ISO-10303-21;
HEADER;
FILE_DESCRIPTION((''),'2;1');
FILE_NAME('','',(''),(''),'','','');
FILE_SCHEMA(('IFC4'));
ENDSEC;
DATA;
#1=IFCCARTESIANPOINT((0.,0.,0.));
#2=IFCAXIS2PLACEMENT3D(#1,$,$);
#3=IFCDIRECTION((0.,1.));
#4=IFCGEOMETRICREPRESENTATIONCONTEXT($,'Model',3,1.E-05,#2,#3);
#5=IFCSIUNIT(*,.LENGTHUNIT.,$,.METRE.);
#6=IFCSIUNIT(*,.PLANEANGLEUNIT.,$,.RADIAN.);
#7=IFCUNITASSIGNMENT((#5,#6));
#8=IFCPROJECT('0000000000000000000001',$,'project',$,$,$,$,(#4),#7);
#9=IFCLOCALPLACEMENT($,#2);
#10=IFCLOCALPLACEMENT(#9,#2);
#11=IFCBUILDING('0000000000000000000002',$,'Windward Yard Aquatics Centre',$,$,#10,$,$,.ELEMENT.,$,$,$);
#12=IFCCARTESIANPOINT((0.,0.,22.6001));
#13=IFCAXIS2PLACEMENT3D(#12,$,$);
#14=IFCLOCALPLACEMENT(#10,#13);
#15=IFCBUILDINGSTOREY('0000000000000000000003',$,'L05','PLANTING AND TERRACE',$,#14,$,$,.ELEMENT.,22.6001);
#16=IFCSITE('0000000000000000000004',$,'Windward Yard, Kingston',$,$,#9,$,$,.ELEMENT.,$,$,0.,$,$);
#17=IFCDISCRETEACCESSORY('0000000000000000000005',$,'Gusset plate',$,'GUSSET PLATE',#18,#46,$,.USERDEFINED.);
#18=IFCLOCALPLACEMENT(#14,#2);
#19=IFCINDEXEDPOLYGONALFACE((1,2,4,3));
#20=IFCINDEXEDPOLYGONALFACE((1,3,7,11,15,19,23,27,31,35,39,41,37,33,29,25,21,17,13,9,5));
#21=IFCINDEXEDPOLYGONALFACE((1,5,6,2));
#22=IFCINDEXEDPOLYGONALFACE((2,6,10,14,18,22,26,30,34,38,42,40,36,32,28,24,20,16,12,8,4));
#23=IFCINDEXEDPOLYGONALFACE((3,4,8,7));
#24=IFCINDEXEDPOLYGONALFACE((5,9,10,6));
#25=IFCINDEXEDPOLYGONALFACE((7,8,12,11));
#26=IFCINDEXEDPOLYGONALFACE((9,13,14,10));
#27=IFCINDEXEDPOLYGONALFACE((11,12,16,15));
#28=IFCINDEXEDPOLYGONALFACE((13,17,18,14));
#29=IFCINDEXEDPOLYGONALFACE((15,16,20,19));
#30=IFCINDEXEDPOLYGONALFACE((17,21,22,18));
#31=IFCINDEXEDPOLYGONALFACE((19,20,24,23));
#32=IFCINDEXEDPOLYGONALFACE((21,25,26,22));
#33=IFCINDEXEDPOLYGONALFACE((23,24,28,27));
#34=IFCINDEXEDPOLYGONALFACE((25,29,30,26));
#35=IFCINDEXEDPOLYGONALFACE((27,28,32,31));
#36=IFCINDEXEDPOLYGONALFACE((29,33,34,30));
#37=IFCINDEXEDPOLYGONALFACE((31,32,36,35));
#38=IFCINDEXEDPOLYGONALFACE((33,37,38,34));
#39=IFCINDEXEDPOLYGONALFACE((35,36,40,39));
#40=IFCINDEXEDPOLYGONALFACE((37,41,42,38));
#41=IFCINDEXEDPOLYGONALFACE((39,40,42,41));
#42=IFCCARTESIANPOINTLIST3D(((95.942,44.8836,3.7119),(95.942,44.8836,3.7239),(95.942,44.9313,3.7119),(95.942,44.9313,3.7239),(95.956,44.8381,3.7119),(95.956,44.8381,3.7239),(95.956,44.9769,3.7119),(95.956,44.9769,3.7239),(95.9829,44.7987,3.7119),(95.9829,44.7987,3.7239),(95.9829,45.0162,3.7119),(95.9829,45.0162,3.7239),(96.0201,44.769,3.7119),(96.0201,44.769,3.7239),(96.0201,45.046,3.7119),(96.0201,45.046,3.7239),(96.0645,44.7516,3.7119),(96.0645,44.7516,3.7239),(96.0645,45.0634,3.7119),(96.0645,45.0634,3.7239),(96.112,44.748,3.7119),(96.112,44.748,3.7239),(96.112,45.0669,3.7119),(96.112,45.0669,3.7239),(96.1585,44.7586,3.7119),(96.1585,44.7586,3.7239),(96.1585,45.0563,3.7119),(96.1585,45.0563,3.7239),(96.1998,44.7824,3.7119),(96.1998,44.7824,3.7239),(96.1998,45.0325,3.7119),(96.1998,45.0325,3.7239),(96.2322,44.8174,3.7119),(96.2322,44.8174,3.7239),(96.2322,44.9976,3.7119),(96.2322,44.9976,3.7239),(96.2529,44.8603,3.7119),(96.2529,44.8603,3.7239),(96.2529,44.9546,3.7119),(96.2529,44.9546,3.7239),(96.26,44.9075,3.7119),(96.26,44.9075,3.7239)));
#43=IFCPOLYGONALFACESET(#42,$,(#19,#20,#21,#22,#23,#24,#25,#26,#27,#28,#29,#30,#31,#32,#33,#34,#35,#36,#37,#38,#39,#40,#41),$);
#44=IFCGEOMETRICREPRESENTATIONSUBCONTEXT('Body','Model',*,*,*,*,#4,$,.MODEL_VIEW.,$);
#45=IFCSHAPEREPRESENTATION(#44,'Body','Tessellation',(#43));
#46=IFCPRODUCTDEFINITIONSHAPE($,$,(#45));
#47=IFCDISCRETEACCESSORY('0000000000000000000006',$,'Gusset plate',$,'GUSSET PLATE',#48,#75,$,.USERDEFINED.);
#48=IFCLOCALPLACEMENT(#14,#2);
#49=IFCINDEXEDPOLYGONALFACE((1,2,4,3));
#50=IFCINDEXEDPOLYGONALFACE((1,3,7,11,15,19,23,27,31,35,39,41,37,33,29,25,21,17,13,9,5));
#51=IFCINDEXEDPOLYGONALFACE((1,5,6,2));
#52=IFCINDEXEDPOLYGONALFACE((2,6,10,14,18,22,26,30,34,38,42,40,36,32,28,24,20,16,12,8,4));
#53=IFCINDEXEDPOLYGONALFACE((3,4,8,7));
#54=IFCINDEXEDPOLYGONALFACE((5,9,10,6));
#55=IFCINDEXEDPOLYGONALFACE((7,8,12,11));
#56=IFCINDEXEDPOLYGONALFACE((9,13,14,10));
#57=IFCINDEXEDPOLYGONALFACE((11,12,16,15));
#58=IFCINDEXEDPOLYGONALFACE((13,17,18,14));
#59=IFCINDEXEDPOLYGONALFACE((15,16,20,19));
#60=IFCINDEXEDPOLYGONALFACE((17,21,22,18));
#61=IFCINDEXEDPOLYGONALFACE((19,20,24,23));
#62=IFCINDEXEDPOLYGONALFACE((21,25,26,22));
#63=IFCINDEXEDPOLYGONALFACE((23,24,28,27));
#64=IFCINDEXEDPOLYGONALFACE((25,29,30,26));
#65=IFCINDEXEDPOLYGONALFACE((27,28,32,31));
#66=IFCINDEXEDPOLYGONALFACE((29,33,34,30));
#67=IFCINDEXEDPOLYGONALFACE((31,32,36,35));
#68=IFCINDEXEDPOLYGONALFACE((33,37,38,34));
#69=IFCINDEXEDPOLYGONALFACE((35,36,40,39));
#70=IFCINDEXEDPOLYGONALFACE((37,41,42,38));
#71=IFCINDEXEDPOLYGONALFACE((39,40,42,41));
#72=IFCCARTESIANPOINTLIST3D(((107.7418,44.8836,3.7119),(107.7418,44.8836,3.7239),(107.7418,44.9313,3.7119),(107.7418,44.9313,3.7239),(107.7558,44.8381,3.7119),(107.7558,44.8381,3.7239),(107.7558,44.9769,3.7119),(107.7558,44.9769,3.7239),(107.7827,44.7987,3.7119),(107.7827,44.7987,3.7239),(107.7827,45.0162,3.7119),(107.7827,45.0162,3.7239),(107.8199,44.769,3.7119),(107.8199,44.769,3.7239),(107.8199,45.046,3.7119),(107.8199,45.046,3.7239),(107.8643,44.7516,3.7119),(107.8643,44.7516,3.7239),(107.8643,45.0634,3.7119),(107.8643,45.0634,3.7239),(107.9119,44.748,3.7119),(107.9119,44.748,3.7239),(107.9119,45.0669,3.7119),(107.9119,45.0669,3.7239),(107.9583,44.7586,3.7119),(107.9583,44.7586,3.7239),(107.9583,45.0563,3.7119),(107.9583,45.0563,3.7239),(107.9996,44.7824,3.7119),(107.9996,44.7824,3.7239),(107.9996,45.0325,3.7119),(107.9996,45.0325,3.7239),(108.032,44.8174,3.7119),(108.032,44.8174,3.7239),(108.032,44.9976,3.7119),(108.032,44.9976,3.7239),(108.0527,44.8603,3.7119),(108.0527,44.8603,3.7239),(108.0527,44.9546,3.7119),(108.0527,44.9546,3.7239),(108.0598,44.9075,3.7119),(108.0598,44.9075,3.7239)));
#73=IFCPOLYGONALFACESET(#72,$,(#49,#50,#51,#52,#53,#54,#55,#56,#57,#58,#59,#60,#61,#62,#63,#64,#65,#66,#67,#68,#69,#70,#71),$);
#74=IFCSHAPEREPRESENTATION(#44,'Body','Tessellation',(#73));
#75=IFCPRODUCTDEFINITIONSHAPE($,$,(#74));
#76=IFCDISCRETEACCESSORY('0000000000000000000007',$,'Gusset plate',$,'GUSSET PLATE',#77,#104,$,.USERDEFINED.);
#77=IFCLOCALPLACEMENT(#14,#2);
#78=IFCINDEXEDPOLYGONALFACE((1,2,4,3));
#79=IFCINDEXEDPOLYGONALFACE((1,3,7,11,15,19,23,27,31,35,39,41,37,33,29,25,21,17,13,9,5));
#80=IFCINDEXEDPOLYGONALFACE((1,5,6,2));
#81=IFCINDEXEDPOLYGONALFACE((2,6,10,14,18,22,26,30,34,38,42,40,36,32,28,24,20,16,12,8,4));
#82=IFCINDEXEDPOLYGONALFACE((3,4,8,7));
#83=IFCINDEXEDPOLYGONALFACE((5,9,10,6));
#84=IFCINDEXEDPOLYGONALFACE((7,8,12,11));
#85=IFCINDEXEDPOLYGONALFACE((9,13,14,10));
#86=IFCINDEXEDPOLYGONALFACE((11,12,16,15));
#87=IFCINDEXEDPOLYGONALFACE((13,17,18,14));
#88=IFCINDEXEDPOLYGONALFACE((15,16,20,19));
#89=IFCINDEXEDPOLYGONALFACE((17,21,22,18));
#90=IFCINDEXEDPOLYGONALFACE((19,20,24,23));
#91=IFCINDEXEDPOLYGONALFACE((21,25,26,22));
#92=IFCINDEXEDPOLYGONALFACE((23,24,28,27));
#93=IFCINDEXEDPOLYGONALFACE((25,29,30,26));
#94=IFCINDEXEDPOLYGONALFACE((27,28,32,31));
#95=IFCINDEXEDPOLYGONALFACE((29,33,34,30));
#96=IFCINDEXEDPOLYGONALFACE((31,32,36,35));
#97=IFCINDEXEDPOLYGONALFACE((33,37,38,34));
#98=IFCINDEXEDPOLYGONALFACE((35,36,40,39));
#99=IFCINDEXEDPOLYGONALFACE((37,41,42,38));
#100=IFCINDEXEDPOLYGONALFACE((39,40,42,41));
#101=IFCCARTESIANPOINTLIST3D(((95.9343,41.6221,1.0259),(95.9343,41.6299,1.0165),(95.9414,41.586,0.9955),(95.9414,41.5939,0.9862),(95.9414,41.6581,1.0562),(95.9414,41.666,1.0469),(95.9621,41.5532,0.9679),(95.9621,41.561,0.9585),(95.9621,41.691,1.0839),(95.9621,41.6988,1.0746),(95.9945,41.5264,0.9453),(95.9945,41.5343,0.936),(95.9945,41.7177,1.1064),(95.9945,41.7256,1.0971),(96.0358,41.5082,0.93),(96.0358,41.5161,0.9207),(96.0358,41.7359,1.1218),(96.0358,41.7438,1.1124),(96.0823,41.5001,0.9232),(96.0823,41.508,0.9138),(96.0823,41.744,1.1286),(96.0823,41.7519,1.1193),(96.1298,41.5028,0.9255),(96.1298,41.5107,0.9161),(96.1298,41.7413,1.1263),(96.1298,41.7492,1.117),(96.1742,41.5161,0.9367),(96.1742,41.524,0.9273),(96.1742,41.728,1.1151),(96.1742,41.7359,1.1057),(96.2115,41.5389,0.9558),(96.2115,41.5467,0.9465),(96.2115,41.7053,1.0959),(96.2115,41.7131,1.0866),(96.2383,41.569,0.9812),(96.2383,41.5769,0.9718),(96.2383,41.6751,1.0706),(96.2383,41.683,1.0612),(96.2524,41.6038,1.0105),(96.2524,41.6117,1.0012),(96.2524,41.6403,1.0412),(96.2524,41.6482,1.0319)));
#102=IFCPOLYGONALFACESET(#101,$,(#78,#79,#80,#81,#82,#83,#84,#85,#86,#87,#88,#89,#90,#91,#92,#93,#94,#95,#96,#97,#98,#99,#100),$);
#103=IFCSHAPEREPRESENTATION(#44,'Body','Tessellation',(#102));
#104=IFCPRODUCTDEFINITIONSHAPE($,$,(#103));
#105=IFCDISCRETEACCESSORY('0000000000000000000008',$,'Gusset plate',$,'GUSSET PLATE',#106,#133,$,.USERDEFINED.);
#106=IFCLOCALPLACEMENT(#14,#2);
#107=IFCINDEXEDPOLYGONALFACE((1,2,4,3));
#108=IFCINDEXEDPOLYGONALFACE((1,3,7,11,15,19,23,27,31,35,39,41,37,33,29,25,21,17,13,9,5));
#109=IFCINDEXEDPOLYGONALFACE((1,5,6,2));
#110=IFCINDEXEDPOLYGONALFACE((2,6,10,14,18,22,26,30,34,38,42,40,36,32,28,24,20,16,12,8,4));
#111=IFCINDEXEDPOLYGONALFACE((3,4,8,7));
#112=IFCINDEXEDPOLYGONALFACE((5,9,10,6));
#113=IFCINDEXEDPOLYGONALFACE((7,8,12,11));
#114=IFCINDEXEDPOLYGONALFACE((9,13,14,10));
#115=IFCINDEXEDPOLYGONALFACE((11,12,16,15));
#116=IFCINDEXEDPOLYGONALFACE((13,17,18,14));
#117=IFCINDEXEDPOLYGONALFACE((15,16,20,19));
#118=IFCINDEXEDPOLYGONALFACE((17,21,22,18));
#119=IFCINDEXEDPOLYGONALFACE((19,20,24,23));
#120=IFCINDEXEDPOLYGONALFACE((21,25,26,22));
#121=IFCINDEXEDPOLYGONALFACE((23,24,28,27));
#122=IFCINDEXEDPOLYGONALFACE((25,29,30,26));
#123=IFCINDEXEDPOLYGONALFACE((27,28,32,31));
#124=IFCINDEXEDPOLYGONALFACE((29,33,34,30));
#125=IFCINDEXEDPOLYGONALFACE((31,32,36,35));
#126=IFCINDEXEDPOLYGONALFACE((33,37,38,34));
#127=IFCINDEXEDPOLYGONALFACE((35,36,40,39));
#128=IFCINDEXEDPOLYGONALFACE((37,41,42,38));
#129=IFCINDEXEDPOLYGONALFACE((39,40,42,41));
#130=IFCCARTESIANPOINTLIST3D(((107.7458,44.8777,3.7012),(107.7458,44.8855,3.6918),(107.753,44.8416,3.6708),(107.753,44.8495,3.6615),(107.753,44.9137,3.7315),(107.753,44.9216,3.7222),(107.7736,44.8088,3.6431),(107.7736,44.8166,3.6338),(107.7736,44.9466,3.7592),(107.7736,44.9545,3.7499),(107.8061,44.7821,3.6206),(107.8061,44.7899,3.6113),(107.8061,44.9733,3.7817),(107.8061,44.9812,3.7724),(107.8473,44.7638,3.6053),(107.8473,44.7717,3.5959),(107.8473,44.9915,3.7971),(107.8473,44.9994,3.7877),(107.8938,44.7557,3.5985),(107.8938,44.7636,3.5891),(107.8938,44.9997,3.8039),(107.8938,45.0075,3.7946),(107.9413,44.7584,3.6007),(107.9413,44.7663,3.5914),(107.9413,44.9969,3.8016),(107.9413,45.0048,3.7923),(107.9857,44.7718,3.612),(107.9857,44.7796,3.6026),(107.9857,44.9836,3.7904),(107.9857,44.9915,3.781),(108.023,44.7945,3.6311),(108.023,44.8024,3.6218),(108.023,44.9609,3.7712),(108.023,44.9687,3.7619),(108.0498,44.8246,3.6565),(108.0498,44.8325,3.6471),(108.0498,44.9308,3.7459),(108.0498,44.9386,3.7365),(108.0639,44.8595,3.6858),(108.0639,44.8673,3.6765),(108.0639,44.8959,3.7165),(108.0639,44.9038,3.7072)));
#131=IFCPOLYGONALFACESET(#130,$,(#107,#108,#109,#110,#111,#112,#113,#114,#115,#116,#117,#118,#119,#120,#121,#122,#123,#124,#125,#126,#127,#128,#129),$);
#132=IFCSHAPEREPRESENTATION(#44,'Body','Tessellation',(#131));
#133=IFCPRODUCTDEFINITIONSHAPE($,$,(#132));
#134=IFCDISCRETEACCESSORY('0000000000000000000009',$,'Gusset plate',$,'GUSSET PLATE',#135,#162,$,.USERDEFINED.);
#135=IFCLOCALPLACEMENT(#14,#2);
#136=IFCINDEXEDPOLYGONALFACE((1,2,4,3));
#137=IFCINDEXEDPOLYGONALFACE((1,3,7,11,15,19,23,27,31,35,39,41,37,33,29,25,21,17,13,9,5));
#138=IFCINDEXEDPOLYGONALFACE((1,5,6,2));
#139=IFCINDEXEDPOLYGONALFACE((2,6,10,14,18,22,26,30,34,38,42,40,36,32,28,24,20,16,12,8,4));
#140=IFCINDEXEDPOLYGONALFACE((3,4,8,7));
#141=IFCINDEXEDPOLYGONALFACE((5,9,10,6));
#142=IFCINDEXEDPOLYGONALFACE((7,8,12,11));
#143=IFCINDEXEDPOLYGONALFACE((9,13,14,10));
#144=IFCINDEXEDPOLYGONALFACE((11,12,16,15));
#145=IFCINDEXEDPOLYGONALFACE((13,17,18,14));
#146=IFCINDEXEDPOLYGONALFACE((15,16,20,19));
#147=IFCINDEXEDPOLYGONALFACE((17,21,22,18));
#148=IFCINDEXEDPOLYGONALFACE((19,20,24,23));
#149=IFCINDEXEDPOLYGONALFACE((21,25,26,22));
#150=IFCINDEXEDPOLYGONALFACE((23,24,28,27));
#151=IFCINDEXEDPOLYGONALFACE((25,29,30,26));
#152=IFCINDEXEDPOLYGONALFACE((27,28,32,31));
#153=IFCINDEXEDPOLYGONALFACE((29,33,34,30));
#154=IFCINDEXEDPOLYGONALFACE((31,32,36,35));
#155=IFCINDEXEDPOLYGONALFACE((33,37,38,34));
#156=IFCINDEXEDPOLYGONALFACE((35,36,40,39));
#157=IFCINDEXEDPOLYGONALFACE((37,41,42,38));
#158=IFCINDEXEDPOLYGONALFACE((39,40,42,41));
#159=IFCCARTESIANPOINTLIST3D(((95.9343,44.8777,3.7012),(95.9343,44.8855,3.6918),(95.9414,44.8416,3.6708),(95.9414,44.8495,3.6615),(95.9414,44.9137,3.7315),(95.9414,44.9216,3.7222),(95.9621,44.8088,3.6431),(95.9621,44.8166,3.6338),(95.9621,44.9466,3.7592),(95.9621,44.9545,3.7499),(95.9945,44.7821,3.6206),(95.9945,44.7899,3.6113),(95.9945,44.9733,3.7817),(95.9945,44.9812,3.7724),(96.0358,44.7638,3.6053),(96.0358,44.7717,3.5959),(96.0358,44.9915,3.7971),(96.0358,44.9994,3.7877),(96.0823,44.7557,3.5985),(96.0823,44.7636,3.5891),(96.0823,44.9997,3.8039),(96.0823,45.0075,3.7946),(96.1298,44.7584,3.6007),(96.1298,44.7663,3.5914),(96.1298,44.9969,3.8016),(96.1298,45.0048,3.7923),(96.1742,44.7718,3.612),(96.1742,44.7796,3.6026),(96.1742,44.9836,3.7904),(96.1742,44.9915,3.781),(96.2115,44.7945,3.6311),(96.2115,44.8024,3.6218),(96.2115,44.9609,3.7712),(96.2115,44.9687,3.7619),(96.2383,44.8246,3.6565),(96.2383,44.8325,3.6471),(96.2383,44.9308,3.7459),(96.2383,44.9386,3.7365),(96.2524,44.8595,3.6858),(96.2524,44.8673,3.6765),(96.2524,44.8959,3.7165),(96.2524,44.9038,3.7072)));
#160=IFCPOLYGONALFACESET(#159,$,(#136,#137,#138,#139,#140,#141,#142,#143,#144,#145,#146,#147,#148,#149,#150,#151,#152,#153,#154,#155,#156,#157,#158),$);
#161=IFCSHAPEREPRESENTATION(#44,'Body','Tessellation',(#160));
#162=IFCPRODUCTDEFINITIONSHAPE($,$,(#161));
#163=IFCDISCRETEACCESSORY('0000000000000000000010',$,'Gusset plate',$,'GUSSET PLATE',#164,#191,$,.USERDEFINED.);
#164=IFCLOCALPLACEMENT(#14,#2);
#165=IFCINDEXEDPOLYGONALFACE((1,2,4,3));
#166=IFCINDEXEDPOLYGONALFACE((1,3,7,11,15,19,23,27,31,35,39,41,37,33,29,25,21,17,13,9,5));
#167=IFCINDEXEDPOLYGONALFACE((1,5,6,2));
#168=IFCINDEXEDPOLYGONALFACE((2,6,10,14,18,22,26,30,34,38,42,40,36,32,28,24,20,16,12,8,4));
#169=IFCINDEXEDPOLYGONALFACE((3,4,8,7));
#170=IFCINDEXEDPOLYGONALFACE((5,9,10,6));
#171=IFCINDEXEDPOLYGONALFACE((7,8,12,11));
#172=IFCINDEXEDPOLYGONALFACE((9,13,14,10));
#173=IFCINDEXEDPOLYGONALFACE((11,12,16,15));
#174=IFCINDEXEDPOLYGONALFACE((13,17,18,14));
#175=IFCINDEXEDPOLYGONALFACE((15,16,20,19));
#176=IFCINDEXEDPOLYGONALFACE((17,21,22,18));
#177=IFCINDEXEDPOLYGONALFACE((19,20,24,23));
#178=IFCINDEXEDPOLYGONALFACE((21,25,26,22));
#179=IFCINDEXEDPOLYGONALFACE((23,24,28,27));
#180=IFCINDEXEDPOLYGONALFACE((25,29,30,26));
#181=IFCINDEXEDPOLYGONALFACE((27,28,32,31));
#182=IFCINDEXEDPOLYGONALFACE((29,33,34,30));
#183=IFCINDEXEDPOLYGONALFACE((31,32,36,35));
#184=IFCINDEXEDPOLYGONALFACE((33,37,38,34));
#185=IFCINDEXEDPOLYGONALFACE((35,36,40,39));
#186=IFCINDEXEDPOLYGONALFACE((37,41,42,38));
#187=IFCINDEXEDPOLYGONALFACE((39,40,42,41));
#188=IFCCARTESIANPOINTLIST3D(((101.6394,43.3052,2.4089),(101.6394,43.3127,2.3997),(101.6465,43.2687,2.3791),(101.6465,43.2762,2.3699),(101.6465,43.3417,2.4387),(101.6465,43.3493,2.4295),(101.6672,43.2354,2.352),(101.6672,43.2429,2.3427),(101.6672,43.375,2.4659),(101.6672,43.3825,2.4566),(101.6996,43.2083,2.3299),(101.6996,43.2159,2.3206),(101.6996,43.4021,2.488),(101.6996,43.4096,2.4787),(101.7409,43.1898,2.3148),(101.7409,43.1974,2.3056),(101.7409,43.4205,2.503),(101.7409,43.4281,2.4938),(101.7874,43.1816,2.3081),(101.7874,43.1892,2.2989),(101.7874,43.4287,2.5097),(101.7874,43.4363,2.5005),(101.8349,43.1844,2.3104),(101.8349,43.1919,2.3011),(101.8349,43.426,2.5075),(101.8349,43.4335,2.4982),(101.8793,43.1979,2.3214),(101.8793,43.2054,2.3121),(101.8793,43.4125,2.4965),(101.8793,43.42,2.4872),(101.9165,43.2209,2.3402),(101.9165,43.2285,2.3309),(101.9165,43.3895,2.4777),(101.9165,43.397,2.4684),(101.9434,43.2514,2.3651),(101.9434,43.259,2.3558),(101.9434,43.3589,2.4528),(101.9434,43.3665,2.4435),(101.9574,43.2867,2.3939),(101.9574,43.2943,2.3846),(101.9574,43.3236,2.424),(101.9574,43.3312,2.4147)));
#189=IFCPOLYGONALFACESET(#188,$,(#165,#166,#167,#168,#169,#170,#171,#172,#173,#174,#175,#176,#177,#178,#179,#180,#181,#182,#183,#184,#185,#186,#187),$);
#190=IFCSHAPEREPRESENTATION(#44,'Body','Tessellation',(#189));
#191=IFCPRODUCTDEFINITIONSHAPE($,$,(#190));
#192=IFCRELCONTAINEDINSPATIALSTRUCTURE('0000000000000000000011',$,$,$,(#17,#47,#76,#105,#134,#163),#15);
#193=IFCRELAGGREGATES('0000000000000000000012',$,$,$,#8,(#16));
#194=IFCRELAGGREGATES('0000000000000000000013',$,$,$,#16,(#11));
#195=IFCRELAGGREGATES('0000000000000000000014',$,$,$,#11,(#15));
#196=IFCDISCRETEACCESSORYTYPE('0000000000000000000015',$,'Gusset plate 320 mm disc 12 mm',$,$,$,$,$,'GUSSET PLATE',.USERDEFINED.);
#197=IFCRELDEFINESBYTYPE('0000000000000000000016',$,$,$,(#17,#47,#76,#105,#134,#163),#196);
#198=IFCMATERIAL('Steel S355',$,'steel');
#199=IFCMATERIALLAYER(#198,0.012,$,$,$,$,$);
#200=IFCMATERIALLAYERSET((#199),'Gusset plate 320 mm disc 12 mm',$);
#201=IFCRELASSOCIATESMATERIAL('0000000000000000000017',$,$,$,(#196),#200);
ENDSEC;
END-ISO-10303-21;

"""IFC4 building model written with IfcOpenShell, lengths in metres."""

from ifc_helpers import new_model, si_unit, direction, frame, origin, origin_2d, place, context, subcontext, project, spatial, circle, extrude, material, layer, layer_set, type_object, element, save


model = new_model("IFC4")

# Units and contexts
model_context = context("Model", 3, precision=1e-05, world=origin(), true_north=direction((0.0, 1.0)))
body_context = subcontext(model_context, "Body", "Model", "MODEL_VIEW")
ifc_project = project(units=[si_unit("LENGTHUNIT", "METRE"), si_unit("PLANEANGLEUNIT", "RADIAN")], contexts=[model_context])

# Site, building, storey
site_placement = place(None, origin())
site = spatial("IfcSite", under=ifc_project, at=site_placement, Name="Windward Yard, Kingston", CompositionType="ELEMENT", RefElevation=0.0)
building_placement = place(site_placement, origin())
building = spatial("IfcBuilding", under=site, at=building_placement, Name="Windward Yard Aquatics Centre", CompositionType="ELEMENT")
storey_placement = place(building_placement, frame((0.0, 0.0, 22.6001)))
storey = spatial("IfcBuildingStorey", under=building, at=storey_placement, Name="L05", Description="PLANTING AND TERRACE", CompositionType="ELEMENT", Elevation=22.6001)

# Discrete accessories
ifc_material_1 = material(Name="Steel S355", Category="steel")
ifc_layer = layer(ifc_material_1, 0.012)
ifc_layer_set = layer_set([ifc_layer], Name="Gusset plate 320 mm disc 12 mm")
discrete_accessory_type = type_object("IfcDiscreteAccessoryType", Name="Gusset plate 320 mm disc 12 mm", ElementType="GUSSET PLATE", PredefinedType="USERDEFINED", material=ifc_layer_set)
for number, where, z_axis, x_axis, name in (
    (1, (96.1001, 44.9075, 3.7119), (0.0, 0.0, 1.0), (1.0, 0.0, 0.0), "Gusset plate"),
    (2, (107.8999, 44.9075, 3.7119), (0.0, 0.0, 1.0), (1.0, 0.0, 0.0), "Gusset plate"),
):
    element("IfcDiscreteAccessory", number, at=place(storey_placement, frame(where, z_axis=z_axis, x_axis=x_axis)), inside=storey, type_object=discrete_accessory_type, Name=name, ObjectType="GUSSET PLATE", PredefinedType="USERDEFINED", context=body_context, shape_type="SweptSolid", body=[
        extrude(circle(Radius=0.1599, at=origin_2d()), origin(), (0.0, 0.0, 1.0), 0.012),
    ])
for number, where, z_axis, x_axis, name in (
    (3, (96.0942, 41.6221, 1.0259), (0.0, 0.644136, -0.764911), (-1.0, 0.0, 0.0), "Gusset plate"),
    (4, (107.9058, 44.8777, 3.7012), (0.0, 0.644136, -0.764911), (-1.0, 0.0, 0.0), "Gusset plate"),
    (5, (96.0942, 44.8777, 3.7012), (0.0, 0.644136, -0.764911), (-1.0, 0.0, 0.0), "Gusset plate"),
):
    element("IfcDiscreteAccessory", number, at=place(storey_placement, frame(where, z_axis=z_axis, x_axis=x_axis)), inside=storey, type_object=discrete_accessory_type, Name=name, ObjectType="GUSSET PLATE", PredefinedType="USERDEFINED", context=body_context, shape_type="SweptSolid", body=[
        extrude(circle(Radius=0.1599, at=origin_2d()), origin(), (0.0, 0.0, 1.0), 0.0122),
    ])
discrete_accessory_placement = place(storey_placement, frame((101.7993, 43.3052, 2.4089), z_axis=(0.0, 0.632127, -0.774865), x_axis=(-1.0, 0.0, 0.0)))
element("IfcDiscreteAccessory", 6, at=discrete_accessory_placement, inside=storey, type_object=discrete_accessory_type, Name="Gusset plate", ObjectType="GUSSET PLATE", PredefinedType="USERDEFINED", context=body_context, shape_type="SweptSolid", body=[
    extrude(circle(Radius=0.1599, at=origin_2d()), origin(), (0.0, 0.0, 1.0), 0.012),
])

save(model, "model.ifc")
